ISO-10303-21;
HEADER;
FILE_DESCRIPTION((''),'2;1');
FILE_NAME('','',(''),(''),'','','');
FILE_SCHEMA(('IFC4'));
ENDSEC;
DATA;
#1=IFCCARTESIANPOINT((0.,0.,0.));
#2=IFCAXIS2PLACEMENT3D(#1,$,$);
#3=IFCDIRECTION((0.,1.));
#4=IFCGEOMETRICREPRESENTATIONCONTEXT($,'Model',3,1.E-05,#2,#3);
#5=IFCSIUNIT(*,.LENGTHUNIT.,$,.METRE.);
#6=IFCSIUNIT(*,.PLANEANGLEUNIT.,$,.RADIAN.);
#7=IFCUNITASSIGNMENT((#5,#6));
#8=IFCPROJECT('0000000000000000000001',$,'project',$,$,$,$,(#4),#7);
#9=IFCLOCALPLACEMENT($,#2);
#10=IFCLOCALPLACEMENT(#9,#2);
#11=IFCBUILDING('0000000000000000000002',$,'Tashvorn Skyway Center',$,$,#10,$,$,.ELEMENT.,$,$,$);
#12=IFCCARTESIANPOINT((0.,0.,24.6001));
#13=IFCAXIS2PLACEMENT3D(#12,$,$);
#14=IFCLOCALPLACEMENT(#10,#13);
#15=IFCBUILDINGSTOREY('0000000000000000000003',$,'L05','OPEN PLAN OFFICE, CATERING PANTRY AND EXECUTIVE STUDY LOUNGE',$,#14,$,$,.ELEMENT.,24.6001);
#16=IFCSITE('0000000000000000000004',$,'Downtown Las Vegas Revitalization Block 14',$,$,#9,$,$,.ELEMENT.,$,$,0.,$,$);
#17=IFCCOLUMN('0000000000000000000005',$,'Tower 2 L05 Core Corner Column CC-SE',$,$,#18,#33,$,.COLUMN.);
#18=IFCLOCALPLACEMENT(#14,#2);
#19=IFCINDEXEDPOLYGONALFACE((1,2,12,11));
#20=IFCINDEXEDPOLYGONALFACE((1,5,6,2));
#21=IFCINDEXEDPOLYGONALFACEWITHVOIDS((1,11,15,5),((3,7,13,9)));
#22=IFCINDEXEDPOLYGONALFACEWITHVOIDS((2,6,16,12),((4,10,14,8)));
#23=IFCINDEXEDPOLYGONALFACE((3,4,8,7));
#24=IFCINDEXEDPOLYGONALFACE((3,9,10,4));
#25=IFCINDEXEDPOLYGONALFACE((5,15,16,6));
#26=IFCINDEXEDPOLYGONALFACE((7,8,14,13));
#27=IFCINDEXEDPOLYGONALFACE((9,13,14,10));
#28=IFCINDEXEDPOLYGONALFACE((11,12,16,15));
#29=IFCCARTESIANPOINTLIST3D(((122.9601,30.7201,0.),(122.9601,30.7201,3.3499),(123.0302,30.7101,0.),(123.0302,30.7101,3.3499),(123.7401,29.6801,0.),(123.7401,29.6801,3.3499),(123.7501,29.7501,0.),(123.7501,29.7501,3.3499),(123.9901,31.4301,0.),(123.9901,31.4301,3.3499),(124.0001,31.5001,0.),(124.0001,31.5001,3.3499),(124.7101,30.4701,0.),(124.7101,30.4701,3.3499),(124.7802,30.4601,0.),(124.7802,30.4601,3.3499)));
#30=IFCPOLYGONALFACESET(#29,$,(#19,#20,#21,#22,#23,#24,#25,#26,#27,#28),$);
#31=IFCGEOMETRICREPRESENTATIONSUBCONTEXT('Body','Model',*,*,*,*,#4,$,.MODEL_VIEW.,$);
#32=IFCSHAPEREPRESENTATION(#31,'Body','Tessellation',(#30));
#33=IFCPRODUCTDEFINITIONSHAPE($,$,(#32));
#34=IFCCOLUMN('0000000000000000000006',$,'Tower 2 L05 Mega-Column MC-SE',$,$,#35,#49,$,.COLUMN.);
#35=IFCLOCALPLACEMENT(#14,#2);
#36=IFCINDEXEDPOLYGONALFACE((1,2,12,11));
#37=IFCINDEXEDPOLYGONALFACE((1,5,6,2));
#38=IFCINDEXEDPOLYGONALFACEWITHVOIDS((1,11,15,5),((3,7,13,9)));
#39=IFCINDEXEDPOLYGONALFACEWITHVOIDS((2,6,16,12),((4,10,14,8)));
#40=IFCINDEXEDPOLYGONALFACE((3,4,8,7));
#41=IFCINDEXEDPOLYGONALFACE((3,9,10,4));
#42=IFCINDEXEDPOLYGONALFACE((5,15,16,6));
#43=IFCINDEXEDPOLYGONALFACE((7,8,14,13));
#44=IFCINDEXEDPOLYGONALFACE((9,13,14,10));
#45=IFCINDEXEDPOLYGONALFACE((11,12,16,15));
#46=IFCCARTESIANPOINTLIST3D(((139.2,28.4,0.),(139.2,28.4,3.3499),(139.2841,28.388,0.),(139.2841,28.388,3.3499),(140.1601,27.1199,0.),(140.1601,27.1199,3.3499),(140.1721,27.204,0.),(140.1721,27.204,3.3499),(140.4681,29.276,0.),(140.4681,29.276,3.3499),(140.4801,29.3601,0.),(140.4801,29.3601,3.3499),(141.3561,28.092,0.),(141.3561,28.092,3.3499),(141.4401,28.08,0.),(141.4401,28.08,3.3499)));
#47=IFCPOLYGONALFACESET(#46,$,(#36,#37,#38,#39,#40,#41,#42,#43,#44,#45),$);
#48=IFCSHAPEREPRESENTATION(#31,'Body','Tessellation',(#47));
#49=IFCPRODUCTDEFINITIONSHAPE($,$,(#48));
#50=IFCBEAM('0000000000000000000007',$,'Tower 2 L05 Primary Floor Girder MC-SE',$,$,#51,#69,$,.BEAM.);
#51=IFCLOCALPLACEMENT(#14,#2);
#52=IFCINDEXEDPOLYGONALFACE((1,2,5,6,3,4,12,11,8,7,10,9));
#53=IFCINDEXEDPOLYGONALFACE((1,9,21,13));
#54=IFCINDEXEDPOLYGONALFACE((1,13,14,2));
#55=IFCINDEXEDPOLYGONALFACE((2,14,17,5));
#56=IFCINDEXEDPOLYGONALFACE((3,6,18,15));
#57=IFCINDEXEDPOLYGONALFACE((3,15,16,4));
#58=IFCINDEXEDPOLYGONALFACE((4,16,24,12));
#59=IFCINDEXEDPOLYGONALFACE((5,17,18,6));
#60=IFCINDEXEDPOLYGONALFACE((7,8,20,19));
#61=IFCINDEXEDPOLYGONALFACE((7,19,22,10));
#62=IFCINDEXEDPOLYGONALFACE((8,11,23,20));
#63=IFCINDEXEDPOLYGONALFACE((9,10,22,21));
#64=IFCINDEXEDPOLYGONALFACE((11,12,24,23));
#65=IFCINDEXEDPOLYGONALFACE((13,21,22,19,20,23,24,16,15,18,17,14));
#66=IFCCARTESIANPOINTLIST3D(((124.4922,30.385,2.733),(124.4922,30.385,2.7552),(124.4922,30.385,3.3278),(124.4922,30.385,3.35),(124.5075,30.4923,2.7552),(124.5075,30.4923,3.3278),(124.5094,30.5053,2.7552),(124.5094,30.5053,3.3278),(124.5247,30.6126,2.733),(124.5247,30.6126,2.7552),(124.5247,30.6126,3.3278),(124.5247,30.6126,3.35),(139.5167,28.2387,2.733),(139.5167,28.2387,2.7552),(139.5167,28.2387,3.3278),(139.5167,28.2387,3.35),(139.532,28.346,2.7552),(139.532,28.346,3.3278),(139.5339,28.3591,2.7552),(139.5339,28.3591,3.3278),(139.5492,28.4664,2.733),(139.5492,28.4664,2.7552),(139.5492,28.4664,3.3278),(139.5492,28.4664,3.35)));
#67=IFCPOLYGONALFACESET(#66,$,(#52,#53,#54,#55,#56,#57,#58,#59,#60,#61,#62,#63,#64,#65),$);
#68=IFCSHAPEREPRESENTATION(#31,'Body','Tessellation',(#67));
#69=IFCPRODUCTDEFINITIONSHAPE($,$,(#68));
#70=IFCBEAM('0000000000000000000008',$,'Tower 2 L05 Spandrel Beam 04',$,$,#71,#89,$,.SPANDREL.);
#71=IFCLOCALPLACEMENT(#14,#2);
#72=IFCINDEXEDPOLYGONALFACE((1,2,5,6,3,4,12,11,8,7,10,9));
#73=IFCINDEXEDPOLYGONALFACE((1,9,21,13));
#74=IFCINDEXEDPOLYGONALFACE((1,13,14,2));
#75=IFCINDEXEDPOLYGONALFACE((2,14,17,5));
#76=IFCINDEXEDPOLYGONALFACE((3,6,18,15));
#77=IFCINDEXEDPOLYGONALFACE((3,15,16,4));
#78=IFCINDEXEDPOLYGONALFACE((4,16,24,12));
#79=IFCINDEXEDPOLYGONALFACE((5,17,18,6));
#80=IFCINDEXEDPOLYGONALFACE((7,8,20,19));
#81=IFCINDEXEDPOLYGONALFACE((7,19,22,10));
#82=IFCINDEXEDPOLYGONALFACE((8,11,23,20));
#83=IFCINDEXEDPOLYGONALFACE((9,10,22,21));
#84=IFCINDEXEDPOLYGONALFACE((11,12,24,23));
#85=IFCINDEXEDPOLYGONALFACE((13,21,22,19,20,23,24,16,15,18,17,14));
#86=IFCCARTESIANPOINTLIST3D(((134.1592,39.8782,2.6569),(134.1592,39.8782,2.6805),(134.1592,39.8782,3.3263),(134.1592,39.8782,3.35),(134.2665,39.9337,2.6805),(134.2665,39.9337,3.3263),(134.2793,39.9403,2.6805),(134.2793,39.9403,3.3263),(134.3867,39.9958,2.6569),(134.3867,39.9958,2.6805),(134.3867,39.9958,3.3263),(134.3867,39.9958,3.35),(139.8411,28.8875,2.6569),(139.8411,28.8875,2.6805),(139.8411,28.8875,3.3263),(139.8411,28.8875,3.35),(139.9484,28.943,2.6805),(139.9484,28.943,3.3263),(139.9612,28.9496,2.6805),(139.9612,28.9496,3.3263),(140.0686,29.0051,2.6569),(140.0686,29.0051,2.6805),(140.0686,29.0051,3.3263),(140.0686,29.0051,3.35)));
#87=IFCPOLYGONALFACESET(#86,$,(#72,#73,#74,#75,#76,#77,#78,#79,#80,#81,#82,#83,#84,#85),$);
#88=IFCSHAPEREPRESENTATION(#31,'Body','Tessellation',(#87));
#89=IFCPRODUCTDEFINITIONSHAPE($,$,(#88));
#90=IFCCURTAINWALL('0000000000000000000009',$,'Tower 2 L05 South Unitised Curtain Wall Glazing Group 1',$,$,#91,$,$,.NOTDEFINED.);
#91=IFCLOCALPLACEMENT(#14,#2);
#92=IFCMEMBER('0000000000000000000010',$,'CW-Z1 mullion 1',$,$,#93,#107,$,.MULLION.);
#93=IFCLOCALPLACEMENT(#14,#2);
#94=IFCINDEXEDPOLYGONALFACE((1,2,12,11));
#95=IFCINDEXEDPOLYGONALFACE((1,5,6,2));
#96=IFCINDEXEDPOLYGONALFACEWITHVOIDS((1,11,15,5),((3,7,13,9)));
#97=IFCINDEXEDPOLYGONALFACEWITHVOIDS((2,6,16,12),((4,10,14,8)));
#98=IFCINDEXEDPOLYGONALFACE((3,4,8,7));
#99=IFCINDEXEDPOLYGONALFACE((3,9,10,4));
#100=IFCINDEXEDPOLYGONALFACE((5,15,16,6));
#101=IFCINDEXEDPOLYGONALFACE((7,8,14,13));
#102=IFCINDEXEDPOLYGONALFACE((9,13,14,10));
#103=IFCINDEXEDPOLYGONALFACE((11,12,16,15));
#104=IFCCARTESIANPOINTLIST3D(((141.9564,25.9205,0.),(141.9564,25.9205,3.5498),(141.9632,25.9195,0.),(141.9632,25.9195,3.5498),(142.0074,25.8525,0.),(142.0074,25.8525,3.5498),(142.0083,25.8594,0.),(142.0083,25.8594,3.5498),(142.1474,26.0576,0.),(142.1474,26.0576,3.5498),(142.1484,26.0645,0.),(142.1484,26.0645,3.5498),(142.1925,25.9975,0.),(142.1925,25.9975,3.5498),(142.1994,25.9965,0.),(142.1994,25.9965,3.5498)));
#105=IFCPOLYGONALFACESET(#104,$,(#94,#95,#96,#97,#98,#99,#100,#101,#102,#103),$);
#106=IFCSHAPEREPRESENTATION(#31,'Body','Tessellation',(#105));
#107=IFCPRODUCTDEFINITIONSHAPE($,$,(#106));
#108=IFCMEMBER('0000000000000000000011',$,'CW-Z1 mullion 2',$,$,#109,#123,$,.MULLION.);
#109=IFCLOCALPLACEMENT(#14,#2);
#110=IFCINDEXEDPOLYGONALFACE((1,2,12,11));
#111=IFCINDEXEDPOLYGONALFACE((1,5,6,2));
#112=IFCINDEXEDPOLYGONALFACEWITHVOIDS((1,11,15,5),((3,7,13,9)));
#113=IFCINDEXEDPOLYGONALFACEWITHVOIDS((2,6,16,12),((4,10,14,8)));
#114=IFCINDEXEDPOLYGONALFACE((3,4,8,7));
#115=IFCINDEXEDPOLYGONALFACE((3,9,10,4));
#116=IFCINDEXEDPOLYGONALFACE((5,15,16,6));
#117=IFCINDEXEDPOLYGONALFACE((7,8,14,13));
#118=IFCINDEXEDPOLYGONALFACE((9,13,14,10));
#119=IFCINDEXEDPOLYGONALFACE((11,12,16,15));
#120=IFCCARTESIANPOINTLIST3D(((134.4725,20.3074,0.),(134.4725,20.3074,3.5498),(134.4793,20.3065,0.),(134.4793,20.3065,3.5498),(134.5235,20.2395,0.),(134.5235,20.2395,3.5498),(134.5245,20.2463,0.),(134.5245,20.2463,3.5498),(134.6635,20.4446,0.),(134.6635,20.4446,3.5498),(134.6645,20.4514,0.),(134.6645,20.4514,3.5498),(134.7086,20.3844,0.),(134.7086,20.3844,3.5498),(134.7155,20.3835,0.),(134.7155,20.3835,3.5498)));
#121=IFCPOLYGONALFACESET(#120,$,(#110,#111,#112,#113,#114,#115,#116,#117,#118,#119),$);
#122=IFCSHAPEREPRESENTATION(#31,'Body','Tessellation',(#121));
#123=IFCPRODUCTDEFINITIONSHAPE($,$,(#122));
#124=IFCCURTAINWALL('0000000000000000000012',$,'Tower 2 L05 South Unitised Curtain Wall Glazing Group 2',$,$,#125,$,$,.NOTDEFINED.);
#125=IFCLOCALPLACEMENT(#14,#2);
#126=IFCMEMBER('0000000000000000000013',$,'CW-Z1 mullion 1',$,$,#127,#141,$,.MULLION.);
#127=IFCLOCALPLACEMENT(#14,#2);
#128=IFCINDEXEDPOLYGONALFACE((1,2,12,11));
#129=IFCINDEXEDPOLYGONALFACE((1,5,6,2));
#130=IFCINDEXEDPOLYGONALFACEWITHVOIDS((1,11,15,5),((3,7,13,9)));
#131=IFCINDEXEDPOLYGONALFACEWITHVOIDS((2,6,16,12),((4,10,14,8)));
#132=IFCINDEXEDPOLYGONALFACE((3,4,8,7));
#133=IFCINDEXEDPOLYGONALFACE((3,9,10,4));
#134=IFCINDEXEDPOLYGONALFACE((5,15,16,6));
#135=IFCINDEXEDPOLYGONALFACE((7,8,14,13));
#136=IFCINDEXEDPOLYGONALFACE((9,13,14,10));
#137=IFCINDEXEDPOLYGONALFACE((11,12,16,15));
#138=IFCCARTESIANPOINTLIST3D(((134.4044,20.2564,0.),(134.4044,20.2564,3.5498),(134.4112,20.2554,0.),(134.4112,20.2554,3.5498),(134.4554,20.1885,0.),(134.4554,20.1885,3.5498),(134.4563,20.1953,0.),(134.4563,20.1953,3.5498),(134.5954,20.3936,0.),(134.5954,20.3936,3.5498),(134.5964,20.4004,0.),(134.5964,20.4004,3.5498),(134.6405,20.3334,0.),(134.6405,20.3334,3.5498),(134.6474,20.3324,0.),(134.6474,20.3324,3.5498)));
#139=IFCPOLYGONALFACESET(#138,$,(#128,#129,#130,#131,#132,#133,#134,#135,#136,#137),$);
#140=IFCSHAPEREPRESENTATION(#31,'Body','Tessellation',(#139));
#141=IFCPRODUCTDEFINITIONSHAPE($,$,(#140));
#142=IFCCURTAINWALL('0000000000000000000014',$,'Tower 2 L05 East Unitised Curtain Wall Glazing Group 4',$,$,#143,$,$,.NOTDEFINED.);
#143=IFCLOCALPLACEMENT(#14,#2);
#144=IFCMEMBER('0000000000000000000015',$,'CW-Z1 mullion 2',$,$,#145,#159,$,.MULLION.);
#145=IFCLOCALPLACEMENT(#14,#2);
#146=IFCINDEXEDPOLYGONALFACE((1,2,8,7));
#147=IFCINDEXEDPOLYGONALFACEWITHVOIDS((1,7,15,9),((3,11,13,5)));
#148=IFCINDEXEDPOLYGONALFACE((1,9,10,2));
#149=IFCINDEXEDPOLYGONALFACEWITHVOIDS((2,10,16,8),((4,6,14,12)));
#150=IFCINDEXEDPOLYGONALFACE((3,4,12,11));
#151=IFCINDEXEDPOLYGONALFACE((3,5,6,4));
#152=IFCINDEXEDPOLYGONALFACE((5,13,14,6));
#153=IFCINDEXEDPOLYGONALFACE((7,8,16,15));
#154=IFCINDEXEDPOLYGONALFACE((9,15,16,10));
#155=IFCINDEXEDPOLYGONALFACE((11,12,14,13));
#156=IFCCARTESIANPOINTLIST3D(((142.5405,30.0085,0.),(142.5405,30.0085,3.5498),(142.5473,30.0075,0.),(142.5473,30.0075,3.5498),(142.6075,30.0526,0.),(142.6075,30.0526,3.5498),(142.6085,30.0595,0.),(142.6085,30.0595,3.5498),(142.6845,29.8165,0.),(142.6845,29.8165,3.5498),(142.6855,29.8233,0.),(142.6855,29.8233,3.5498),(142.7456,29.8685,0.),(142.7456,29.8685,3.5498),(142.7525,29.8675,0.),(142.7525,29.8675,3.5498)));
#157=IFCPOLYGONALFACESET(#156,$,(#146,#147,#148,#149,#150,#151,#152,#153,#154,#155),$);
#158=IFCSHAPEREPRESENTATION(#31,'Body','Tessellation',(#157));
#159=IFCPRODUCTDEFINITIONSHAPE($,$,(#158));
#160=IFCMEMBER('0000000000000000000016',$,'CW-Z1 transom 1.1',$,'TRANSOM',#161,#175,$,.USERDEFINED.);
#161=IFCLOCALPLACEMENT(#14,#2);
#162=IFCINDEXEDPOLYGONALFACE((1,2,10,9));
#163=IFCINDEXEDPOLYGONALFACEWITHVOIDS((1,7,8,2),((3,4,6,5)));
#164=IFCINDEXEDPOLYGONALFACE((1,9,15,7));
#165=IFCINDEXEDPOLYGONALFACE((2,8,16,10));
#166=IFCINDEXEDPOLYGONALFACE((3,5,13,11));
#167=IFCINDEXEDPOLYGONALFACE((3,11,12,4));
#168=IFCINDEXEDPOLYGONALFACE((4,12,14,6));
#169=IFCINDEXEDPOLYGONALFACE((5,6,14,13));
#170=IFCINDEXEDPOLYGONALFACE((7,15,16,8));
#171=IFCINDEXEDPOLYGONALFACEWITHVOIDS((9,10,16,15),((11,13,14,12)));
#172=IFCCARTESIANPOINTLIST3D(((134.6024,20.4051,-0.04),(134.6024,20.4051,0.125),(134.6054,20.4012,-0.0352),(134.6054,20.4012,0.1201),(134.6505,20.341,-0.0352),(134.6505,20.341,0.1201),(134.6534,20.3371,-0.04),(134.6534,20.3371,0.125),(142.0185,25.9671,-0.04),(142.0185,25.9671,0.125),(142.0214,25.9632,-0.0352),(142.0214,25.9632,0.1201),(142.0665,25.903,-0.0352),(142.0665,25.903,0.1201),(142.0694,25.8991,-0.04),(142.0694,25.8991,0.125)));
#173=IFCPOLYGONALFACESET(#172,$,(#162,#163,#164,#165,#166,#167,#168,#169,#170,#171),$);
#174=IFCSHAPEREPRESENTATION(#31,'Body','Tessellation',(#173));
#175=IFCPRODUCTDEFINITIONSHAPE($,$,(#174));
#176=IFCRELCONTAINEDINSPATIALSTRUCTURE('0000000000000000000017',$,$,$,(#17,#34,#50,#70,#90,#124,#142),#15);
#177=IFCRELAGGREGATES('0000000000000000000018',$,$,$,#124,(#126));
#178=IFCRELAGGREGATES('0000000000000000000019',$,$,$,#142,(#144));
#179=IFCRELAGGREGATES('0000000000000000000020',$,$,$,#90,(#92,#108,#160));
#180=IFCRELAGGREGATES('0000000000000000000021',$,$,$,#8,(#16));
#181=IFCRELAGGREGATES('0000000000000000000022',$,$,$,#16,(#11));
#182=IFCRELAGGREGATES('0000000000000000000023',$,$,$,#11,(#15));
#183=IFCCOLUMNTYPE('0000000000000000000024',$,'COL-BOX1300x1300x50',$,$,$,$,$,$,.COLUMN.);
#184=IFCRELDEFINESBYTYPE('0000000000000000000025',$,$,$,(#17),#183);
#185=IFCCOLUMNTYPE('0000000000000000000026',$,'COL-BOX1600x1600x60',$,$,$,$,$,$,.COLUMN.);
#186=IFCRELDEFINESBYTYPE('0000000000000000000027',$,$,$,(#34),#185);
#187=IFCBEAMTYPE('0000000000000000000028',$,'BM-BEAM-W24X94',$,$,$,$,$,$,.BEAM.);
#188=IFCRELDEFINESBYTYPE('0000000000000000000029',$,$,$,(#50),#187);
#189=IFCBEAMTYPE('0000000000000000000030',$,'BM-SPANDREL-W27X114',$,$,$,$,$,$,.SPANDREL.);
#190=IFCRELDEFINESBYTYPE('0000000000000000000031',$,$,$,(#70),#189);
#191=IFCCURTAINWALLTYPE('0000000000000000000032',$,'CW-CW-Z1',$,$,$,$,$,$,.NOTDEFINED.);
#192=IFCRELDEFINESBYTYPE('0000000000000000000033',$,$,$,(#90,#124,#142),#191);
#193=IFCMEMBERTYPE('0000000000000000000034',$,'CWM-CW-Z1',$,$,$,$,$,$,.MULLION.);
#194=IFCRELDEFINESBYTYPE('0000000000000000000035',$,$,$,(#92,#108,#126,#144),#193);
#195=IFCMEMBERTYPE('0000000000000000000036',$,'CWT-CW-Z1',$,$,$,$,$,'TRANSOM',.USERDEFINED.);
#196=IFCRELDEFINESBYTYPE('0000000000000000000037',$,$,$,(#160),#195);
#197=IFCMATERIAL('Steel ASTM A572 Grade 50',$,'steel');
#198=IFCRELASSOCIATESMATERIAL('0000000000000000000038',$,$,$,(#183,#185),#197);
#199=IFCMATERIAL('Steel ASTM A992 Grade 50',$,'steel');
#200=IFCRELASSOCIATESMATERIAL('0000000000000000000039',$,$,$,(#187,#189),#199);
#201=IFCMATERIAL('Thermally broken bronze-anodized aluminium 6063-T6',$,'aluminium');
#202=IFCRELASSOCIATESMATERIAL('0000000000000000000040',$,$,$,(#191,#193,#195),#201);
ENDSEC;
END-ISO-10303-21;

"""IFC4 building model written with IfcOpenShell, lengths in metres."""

from ifc_helpers import new_model, si_unit, direction, frame, origin, origin_2d, place, context, subcontext, project, spatial, hollow_rectangle, i_section, extrude, material, material_profile, profile_set, type_object, element, aggregate, save


model = new_model("IFC4")

# Units and contexts
model_context = context("Model", 3, precision=1e-05, world=origin(), true_north=direction((0.0, 1.0)))
body_context = subcontext(model_context, "Body", "Model", "MODEL_VIEW")
ifc_project = project(units=[si_unit("LENGTHUNIT", "METRE"), si_unit("PLANEANGLEUNIT", "RADIAN")], contexts=[model_context])

# Site, building, storey
site_placement = place(None, origin())
site = spatial("IfcSite", under=ifc_project, at=site_placement, Name="Downtown Las Vegas Revitalization Block 14", CompositionType="ELEMENT", RefElevation=0.0)
building_placement = place(site_placement, origin())
building = spatial("IfcBuilding", under=site, at=building_placement, Name="Tashvorn Skyway Center", CompositionType="ELEMENT")
storey_placement = place(building_placement, frame((0.0, 0.0, 24.6001)))
storey = spatial("IfcBuildingStorey", under=building, at=storey_placement, Name="L05", Description="OPEN PLAN OFFICE, CATERING PANTRY AND EXECUTIVE STUDY LOUNGE", CompositionType="ELEMENT", Elevation=24.6001)

# Columns
ifc_material_1 = material(Name="Steel ASTM A572 Grade 50", Category="steel")
ifc_material_profile_1 = material_profile(ifc_material_1, hollow_rectangle(XDim=1.3, YDim=1.3, WallThickness=0.05, at=origin_2d()), Name="BOX1300x1300x50")
ifc_profile_set_1 = profile_set([ifc_material_profile_1], Name="Steel ASTM A572 Grade 50")
column_type_1 = type_object("IfcColumnType", Name="COL-BOX1300x1300x50", PredefinedType="COLUMN", material=ifc_profile_set_1)
column_1_placement = place(storey_placement, frame((123.8701, 30.5901, 0.0), z_axis=(0.0, 0.0, 1.0), x_axis=(0.8, 0.6, 0.0)))
element("IfcColumn", 1, at=column_1_placement, inside=storey, type_object=column_type_1, Name="Tower 2 L05 Core Corner Column CC-SE", PredefinedType="COLUMN", context=body_context, shape_type="SweptSolid", body=[
    extrude(hollow_rectangle(XDim=1.3, YDim=1.3, WallThickness=0.05, at=origin_2d()), origin(), (0.0, 0.0, 1.0), 3.3499),
])
ifc_material_profile_2 = material_profile(ifc_material_1, hollow_rectangle(XDim=1.6001, YDim=1.6001, WallThickness=0.0601, at=origin_2d()), Name="BOX1600x1600x60")
ifc_profile_set_2 = profile_set([ifc_material_profile_2], Name="Steel ASTM A572 Grade 50")
column_type_2 = type_object("IfcColumnType", Name="COL-BOX1600x1600x60", PredefinedType="COLUMN", material=ifc_profile_set_2)
column_2_placement = place(storey_placement, frame((140.3201, 28.24, 0.0), z_axis=(0.0, 0.0, 1.0), x_axis=(0.8, 0.6, 0.0)))
element("IfcColumn", 2, at=column_2_placement, inside=storey, type_object=column_type_2, Name="Tower 2 L05 Mega-Column MC-SE", PredefinedType="COLUMN", context=body_context, shape_type="SweptSolid", body=[
    extrude(hollow_rectangle(XDim=1.6001, YDim=1.6001, WallThickness=0.0601, at=origin_2d()), origin(), (0.0, 0.0, 1.0), 3.3499),
])

# Beams
ifc_material_2 = material(Name="Steel ASTM A992 Grade 50", Category="steel")
ifc_material_profile_3 = material_profile(ifc_material_2, i_section(OverallWidth=0.23, OverallDepth=0.6169, WebThickness=0.0132, FlangeThickness=0.0222, at=origin_2d()), Name="W24X94")
ifc_profile_set_3 = profile_set([ifc_material_profile_3], Name="Steel ASTM A992 Grade 50")
beam_type_1 = type_object("IfcBeamType", Name="BM-BEAM-W24X94", PredefinedType="BEAM", material=ifc_profile_set_3)
beam_1_placement = place(storey_placement, frame((139.533, 28.3525, 3.0415), z_axis=(-0.98995, 0.141415, 0.0), x_axis=(-0.141415, -0.98995, 0.0)))
element("IfcBeam", 3, at=beam_1_placement, inside=storey, type_object=beam_type_1, Name="Tower 2 L05 Primary Floor Girder MC-SE", PredefinedType="BEAM", context=body_context, shape_type="SweptSolid", body=[
    extrude(i_section(OverallWidth=0.23, OverallDepth=0.6169, WebThickness=0.0132, FlangeThickness=0.0222, at=origin_2d()), origin(), (0.0, 0.0, 1.0), 15.177),
])
ifc_material_profile_4 = material_profile(ifc_material_2, i_section(OverallWidth=0.2561, OverallDepth=0.6931, WebThickness=0.0144, FlangeThickness=0.0237, at=origin_2d()), Name="W27X114")
ifc_profile_set_4 = profile_set([ifc_material_profile_4], Name="Steel ASTM A992 Grade 50")
beam_type_2 = type_object("IfcBeamType", Name="BM-SPANDREL-W27X114", PredefinedType="SPANDREL", material=ifc_profile_set_4)
beam_2_placement = place(storey_placement, frame((139.9548, 28.9463, 3.0034), z_axis=(-0.459233, 0.888316, 0.0), x_axis=(-0.888316, -0.459233, 0.0)))
element("IfcBeam", 4, at=beam_2_placement, inside=storey, type_object=beam_type_2, Name="Tower 2 L05 Spandrel Beam 04", PredefinedType="SPANDREL", context=body_context, shape_type="SweptSolid", body=[
    extrude(i_section(OverallWidth=0.2561, OverallDepth=0.6931, WebThickness=0.0144, FlangeThickness=0.0237, at=origin_2d()), origin(), (0.0, 0.0, 1.0), 12.3726),
])

# Curtain wall, members
ifc_material_3 = material(Name="Thermally broken bronze-anodized aluminium 6063-T6", Category="aluminium")
curtain_wall_type = type_object("IfcCurtainWallType", Name="CW-CW-Z1", PredefinedType="NOTDEFINED", material=ifc_material_3)
curtain_wall_1_placement = place(storey_placement, origin())
curtain_wall_1 = element("IfcCurtainWall", 5, at=curtain_wall_1_placement, inside=storey, type_object=curtain_wall_type, Name="Tower 2 L05 South Unitised Curtain Wall Glazing Group 1", PredefinedType="NOTDEFINED")
ifc_material_profile_5 = material_profile(ifc_material_3, hollow_rectangle(XDim=0.085, YDim=0.24, WallThickness=0.0049, at=origin_2d()), Name="ALU-MULL-85x240")
ifc_profile_set_5 = profile_set([ifc_material_profile_5], Name="Thermally broken bronze-anodized aluminium 6063-T6")
member_type_1 = type_object("IfcMemberType", Name="CWM-CW-Z1", PredefinedType="MULLION", material=ifc_profile_set_5)
member_1_placement = place(storey_placement, frame((142.0779, 25.9585, 0.0), z_axis=(0.0, 0.0, 1.0), x_axis=(0.6, -0.8, 0.0)))
member_1 = element("IfcMember", 6, at=member_1_placement, type_object=member_type_1, Name="CW-Z1 mullion 1", PredefinedType="MULLION", context=body_context, shape_type="SweptSolid", body=[
    extrude(hollow_rectangle(XDim=0.085, YDim=0.24, WallThickness=0.0049, at=origin_2d()), origin(), (0.0, 0.0, 1.0), 3.5498),
])
member_2_placement = place(storey_placement, frame((134.594, 20.3455, 0.0), z_axis=(0.0, 0.0, 1.0), x_axis=(0.6, -0.8, 0.0)))
member_2 = element("IfcMember", 7, at=member_2_placement, type_object=member_type_1, Name="CW-Z1 mullion 2", PredefinedType="MULLION", context=body_context, shape_type="SweptSolid", body=[
    extrude(hollow_rectangle(XDim=0.085, YDim=0.24, WallThickness=0.0049, at=origin_2d()), origin(), (0.0, 0.0, 1.0), 3.5498),
])

# Curtain walls, members
curtain_wall_2_placement = place(storey_placement, origin())
curtain_wall_2 = element("IfcCurtainWall", 8, at=curtain_wall_2_placement, inside=storey, type_object=curtain_wall_type, Name="Tower 2 L05 South Unitised Curtain Wall Glazing Group 2", PredefinedType="NOTDEFINED")
member_3_placement = place(storey_placement, frame((134.5259, 20.2944, 0.0), z_axis=(0.0, 0.0, 1.0), x_axis=(0.599997, -0.800002, 0.0)))
member_3 = element("IfcMember", 9, at=member_3_placement, type_object=member_type_1, Name="CW-Z1 mullion 1", PredefinedType="MULLION", context=body_context, shape_type="SweptSolid", body=[
    extrude(hollow_rectangle(XDim=0.085, YDim=0.24, WallThickness=0.0049, at=origin_2d()), origin(), (0.0, 0.0, 1.0), 3.5498),
])
aggregate(curtain_wall_2, [member_3])
curtain_wall_3_placement = place(storey_placement, origin())
curtain_wall_3 = element("IfcCurtainWall", 10, at=curtain_wall_3_placement, inside=storey, type_object=curtain_wall_type, Name="Tower 2 L05 East Unitised Curtain Wall Glazing Group 4", PredefinedType="NOTDEFINED")
member_4_placement = place(storey_placement, frame((142.6465, 29.938, 0.0), z_axis=(0.0, 0.0, 1.0), x_axis=(0.8, 0.6, 0.0)))
member_4 = element("IfcMember", 11, at=member_4_placement, type_object=member_type_1, Name="CW-Z1 mullion 2", PredefinedType="MULLION", context=body_context, shape_type="SweptSolid", body=[
    extrude(hollow_rectangle(XDim=0.085, YDim=0.24, WallThickness=0.0049, at=origin_2d()), origin(), (0.0, 0.0, 1.0), 3.5498),
])
aggregate(curtain_wall_3, [member_4])

# Member
ifc_material_profile_6 = material_profile(ifc_material_3, hollow_rectangle(XDim=0.085, YDim=0.165, WallThickness=0.0049, at=origin_2d()), Name="ALU-TRAN-85x165")
ifc_profile_set_6 = profile_set([ifc_material_profile_6], Name="Thermally broken bronze-anodized aluminium 6063-T6")
member_type_2 = type_object("IfcMemberType", Name="CWT-CW-Z1", ElementType="TRANSOM", PredefinedType="USERDEFINED", material=ifc_profile_set_6)
member_5_placement = place(storey_placement, frame((142.0439, 25.9331, 0.0425), z_axis=(-0.8, -0.6, 0.0), x_axis=(0.6, -0.8, 0.0)))
member_5 = element("IfcMember", 12, at=member_5_placement, type_object=member_type_2, Name="CW-Z1 transom 1.1", ObjectType="TRANSOM", PredefinedType="USERDEFINED", context=body_context, shape_type="SweptSolid", body=[
    extrude(hollow_rectangle(XDim=0.085, YDim=0.165, WallThickness=0.0049, at=origin_2d()), origin(), (0.0, 0.0, 1.0), 9.27),
])

aggregate(curtain_wall_1, [member_1, member_2, member_5])

save(model, "model.ifc")
